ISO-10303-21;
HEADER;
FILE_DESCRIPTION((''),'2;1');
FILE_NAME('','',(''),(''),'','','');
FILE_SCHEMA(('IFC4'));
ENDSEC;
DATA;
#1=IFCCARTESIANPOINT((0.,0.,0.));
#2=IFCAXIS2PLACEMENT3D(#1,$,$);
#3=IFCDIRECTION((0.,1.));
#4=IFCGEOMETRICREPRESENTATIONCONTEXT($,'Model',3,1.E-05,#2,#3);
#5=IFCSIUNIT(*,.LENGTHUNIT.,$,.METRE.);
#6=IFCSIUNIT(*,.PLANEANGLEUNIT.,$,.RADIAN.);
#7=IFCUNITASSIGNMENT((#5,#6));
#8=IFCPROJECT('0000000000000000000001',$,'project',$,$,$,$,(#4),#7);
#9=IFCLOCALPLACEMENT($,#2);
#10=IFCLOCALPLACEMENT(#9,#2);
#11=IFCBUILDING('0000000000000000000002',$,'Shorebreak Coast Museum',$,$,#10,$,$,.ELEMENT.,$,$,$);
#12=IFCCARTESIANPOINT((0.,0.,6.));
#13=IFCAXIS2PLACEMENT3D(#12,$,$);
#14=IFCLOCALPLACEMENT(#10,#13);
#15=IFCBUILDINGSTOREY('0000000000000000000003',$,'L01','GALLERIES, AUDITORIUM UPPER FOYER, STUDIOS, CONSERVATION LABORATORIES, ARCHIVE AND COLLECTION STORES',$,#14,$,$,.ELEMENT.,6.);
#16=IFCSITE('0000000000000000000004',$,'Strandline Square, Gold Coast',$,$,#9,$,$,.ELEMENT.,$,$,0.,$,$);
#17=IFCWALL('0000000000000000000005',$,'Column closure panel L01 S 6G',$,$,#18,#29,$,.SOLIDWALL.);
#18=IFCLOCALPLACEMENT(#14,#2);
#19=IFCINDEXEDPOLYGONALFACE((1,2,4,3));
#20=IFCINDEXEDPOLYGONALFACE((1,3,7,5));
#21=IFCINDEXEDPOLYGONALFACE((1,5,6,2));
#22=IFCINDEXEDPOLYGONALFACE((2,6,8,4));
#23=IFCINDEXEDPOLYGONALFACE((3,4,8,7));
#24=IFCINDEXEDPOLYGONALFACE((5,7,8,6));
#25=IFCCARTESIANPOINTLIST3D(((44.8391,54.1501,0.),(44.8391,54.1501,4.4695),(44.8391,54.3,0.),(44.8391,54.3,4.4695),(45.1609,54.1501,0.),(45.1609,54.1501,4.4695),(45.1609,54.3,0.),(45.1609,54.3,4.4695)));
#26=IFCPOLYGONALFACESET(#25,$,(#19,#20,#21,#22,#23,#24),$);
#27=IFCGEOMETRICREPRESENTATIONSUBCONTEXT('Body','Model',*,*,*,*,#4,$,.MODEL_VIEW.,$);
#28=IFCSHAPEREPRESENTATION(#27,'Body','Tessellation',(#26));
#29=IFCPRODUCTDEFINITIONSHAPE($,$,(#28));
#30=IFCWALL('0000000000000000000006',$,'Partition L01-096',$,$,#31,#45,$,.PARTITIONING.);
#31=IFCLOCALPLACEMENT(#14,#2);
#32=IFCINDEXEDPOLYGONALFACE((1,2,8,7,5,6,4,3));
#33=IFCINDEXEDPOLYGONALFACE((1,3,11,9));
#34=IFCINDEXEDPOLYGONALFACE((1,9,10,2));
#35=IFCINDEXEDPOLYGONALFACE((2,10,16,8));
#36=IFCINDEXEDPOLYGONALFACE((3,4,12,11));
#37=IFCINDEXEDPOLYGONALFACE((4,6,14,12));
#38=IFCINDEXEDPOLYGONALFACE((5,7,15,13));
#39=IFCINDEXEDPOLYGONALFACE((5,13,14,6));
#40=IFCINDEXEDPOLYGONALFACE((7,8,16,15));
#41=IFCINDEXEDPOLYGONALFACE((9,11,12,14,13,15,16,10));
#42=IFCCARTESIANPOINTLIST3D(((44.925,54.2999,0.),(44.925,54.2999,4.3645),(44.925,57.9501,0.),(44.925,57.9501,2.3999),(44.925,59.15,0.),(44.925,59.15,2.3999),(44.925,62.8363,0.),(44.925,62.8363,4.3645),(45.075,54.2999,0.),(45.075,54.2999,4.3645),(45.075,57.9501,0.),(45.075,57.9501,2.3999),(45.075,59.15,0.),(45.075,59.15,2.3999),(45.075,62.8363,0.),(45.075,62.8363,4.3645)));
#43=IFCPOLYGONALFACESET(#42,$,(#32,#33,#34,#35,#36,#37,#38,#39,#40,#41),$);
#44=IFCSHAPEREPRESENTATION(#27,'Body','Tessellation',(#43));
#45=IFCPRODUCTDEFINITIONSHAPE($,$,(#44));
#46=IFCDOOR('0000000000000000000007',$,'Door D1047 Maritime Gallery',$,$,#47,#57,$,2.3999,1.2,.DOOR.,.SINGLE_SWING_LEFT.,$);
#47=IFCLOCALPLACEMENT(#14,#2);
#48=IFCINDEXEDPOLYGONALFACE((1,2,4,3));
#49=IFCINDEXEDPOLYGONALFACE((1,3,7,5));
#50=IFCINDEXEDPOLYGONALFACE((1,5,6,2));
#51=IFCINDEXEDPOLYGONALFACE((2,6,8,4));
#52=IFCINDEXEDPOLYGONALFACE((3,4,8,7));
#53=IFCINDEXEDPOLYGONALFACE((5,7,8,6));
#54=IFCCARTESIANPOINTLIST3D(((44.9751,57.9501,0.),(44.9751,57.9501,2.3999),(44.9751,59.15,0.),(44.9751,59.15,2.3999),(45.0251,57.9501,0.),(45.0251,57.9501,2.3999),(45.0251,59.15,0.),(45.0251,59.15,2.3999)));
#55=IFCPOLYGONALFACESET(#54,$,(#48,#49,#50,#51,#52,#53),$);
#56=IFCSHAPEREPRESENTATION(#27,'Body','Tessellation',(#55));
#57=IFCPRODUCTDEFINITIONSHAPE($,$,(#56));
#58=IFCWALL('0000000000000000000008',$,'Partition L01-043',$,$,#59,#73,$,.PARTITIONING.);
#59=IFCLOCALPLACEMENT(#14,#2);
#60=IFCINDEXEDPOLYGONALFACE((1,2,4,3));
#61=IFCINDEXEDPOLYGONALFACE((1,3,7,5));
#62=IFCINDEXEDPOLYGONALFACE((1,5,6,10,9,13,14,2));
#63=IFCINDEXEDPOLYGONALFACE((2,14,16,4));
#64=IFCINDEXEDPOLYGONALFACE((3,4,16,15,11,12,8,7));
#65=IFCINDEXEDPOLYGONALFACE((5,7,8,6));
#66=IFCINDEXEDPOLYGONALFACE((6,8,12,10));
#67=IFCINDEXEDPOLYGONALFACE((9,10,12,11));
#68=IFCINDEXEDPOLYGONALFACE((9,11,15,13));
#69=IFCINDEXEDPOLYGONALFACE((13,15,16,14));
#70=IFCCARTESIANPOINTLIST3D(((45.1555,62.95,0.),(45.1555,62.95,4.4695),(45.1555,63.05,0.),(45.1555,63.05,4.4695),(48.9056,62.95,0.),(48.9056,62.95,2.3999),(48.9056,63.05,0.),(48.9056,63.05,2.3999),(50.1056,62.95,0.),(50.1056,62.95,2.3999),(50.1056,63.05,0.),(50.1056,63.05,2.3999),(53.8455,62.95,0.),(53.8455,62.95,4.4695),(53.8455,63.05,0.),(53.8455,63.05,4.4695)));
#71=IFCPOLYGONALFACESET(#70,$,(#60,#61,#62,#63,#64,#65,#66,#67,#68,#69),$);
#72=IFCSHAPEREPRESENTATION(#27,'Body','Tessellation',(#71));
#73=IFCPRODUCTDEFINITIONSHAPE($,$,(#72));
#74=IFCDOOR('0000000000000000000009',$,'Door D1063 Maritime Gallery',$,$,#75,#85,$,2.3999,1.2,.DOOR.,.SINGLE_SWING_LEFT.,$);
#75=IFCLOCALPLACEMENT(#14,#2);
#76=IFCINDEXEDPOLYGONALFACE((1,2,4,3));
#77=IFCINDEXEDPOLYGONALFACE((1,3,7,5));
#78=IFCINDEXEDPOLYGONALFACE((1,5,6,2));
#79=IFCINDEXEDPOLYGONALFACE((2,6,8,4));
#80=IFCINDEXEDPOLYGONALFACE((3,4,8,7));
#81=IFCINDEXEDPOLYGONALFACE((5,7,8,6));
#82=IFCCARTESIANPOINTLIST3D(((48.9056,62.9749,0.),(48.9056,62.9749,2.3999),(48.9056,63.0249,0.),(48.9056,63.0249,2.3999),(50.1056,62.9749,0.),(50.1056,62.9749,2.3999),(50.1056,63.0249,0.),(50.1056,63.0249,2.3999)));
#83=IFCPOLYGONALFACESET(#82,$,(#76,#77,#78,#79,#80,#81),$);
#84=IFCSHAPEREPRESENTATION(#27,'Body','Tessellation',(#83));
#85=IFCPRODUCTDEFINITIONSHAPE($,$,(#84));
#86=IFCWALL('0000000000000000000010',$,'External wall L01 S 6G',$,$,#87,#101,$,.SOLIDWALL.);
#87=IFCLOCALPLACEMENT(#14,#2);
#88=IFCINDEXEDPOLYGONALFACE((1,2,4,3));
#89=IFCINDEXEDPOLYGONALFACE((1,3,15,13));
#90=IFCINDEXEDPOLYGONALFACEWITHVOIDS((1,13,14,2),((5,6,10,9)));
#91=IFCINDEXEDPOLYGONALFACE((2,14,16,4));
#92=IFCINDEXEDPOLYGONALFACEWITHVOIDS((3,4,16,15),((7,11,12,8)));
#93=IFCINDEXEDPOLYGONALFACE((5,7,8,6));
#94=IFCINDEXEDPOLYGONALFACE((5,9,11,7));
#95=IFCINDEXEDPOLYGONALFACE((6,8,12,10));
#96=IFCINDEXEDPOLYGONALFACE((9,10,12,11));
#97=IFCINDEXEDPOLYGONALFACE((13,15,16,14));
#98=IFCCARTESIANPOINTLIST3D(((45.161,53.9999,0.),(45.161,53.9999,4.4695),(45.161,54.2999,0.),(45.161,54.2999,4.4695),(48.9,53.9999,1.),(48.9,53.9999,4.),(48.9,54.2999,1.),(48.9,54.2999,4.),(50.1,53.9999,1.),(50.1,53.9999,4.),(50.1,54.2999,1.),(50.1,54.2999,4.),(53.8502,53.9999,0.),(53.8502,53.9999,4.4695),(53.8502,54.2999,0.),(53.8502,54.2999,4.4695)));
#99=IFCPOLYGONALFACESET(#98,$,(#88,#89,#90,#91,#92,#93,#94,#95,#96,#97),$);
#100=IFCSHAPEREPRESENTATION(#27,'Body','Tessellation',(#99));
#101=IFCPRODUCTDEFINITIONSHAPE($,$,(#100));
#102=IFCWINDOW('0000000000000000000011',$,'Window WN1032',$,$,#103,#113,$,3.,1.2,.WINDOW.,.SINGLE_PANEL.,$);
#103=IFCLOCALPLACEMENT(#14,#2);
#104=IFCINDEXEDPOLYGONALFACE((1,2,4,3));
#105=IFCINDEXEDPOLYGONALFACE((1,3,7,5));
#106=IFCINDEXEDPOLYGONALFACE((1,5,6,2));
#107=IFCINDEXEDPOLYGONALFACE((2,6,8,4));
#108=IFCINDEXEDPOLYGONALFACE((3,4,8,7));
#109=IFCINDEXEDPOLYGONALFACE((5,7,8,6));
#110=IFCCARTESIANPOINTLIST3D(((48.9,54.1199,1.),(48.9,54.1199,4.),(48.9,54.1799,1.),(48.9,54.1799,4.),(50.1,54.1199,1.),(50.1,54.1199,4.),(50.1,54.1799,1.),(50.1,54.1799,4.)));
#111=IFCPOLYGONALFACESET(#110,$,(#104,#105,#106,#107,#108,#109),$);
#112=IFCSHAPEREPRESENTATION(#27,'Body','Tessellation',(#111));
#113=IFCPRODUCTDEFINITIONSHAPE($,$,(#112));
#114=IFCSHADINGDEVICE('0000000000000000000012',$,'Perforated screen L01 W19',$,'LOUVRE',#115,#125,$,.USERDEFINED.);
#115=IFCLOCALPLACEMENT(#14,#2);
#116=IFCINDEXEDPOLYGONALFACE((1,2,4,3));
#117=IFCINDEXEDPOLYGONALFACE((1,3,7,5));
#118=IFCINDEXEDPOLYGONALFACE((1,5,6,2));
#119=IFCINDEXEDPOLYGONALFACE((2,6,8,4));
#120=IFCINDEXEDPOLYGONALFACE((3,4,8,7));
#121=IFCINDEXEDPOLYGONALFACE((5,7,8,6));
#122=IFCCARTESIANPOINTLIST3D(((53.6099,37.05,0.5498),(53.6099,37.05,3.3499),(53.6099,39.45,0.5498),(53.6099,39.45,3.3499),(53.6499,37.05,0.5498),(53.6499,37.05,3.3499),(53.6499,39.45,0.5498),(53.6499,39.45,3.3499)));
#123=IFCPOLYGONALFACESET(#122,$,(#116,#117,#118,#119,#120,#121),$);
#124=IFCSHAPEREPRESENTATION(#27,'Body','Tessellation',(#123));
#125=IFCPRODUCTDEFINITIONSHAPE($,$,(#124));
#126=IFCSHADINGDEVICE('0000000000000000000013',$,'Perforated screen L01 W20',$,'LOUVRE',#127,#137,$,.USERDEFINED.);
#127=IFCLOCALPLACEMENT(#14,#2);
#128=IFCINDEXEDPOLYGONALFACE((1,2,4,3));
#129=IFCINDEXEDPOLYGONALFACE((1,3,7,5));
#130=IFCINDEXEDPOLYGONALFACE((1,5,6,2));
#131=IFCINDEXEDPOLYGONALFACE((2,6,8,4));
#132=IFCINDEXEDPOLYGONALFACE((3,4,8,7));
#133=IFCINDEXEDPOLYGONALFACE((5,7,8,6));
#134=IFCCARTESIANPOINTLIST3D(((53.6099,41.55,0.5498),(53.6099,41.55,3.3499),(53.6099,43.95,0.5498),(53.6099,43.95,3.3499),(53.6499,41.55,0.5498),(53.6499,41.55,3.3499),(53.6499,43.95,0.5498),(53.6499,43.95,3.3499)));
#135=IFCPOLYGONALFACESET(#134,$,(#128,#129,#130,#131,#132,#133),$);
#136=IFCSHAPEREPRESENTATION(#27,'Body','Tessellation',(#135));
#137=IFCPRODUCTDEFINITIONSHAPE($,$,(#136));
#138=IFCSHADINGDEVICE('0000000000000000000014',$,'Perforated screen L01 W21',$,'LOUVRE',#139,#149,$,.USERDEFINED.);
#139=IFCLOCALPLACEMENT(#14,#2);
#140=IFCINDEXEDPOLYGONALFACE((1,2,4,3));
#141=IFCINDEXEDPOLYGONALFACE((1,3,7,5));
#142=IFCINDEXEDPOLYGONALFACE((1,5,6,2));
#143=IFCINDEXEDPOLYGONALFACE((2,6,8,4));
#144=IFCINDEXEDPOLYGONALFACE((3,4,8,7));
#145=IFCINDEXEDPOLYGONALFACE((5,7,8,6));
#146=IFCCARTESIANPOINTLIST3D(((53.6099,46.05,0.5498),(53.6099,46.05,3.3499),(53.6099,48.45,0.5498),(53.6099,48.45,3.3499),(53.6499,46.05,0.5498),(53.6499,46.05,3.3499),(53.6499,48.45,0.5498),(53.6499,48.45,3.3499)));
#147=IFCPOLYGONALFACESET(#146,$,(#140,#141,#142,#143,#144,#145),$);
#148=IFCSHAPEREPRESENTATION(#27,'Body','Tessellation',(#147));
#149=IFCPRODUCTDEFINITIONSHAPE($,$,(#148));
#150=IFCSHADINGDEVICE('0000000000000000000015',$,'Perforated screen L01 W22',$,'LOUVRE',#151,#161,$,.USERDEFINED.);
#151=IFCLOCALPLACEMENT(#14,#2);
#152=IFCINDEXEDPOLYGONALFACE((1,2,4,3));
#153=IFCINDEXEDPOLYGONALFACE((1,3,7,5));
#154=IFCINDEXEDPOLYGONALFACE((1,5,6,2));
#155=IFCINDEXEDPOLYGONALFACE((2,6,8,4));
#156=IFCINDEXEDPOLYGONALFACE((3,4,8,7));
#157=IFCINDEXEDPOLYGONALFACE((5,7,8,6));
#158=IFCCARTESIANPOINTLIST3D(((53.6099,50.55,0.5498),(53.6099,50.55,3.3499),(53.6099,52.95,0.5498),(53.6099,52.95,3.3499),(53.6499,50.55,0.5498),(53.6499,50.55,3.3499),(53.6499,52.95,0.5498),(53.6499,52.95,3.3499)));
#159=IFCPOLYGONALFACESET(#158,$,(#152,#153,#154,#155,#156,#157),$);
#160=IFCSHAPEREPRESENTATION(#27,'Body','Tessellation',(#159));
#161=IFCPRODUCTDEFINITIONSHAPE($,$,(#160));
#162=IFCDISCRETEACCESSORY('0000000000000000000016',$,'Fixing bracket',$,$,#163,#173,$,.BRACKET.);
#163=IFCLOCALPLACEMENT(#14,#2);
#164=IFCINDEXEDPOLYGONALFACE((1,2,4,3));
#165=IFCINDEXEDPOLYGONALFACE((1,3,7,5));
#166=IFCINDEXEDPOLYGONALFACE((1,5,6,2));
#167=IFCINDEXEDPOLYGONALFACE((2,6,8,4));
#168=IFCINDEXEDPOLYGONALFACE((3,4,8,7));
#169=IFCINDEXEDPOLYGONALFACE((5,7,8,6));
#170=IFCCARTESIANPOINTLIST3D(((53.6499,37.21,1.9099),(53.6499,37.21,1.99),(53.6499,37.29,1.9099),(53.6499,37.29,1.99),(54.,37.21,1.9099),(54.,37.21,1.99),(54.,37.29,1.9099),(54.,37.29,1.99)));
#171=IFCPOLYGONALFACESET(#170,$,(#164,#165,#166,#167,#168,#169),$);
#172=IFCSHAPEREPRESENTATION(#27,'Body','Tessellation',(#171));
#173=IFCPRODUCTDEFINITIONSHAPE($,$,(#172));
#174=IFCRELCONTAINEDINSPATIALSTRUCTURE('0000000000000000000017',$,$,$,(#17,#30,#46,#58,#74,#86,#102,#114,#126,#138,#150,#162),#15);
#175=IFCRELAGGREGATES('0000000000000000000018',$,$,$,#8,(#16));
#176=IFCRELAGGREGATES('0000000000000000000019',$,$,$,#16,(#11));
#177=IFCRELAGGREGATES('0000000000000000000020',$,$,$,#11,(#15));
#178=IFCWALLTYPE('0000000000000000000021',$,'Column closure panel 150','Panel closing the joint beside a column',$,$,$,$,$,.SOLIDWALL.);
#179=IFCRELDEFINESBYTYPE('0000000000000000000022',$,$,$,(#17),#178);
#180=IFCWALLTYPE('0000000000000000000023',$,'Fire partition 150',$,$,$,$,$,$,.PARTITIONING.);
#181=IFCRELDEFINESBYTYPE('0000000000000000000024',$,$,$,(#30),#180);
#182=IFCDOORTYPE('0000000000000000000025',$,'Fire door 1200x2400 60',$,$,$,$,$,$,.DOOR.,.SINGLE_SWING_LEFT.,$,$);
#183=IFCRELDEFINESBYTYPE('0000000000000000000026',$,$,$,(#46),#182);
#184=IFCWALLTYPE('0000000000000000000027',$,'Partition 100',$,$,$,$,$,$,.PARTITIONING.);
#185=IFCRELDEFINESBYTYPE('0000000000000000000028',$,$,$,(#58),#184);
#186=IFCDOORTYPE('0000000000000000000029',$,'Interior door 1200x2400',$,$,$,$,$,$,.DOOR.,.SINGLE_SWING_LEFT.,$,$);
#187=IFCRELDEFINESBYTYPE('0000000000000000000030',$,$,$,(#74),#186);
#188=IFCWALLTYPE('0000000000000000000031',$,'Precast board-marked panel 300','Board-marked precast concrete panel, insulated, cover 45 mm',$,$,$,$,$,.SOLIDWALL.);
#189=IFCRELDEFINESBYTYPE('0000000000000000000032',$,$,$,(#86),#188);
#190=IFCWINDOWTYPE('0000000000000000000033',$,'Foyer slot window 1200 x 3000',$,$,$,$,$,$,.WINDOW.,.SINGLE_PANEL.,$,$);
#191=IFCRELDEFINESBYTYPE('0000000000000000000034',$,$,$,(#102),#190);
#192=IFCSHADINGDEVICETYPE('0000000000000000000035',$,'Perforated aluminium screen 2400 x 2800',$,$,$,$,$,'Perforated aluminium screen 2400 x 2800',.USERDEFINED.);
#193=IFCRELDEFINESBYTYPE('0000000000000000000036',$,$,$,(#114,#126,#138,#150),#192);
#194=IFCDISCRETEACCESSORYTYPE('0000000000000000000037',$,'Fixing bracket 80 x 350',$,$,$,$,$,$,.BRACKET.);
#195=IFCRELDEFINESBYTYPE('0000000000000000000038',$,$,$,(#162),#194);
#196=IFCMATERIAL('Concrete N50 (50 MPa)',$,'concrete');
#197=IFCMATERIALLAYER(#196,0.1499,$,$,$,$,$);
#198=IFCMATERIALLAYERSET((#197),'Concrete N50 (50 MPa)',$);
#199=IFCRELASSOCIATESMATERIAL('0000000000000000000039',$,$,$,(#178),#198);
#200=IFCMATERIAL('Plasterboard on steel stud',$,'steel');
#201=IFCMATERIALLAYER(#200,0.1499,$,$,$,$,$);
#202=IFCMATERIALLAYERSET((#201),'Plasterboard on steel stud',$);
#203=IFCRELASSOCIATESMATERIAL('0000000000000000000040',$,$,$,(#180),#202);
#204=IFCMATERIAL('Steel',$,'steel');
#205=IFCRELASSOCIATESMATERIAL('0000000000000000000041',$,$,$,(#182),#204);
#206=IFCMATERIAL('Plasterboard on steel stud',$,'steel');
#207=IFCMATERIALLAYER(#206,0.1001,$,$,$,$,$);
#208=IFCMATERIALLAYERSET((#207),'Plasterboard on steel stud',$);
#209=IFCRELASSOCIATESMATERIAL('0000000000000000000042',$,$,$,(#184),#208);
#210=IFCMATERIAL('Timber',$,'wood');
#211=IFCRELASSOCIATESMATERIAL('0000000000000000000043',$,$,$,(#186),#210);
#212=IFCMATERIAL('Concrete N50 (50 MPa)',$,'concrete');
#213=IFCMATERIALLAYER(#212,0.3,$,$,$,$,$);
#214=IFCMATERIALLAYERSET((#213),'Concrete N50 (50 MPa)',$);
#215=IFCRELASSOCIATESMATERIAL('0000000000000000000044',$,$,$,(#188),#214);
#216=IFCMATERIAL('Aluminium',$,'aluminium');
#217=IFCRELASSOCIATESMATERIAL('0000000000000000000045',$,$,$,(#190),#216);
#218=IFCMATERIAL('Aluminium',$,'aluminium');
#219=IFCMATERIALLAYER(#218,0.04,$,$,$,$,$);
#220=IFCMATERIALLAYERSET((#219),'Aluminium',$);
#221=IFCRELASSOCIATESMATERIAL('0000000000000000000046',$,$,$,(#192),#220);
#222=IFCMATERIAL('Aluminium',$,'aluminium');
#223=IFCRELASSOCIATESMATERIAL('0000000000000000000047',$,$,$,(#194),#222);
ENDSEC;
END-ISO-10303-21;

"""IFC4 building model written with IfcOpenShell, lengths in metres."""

from ifc_helpers import new_model, si_unit, direction, frame, frame_2d, origin, origin_2d, place, context, subcontext, project, spatial, rectangle, extrude, material, layer, layer_set, type_object, element, fill, save


model = new_model("IFC4")

# Units and contexts
model_context = context("Model", 3, precision=1e-05, world=origin(), true_north=direction((0.0, 1.0)))
body_context = subcontext(model_context, "Body", "Model", "MODEL_VIEW")
ifc_project = project(units=[si_unit("LENGTHUNIT", "METRE"), si_unit("PLANEANGLEUNIT", "RADIAN")], contexts=[model_context])

# Site, building, storey
site_placement = place(None, origin())
site = spatial("IfcSite", under=ifc_project, at=site_placement, Name="Strandline Square, Gold Coast", CompositionType="ELEMENT", RefElevation=0.0)
building_placement = place(site_placement, origin())
building = spatial("IfcBuilding", under=site, at=building_placement, Name="Shorebreak Coast Museum", CompositionType="ELEMENT")
storey_placement = place(building_placement, frame((0.0, 0.0, 6.0)))
storey = spatial("IfcBuildingStorey", under=building, at=storey_placement, Name="L01", Description="GALLERIES, AUDITORIUM UPPER FOYER, STUDIOS, CONSERVATION LABORATORIES, ARCHIVE AND COLLECTION STORES", CompositionType="ELEMENT", Elevation=6.0)

# Wall
ifc_material_1 = material(Name="Concrete N50 (50 MPa)", Category="concrete")
ifc_layer_1 = layer(ifc_material_1, 0.1499)
ifc_layer_set_1 = layer_set([ifc_layer_1], Name="Concrete N50 (50 MPa)")
wall_type_1 = type_object("IfcWallType", Name="Column closure panel 150", Description="Panel closing the joint beside a column", PredefinedType="SOLIDWALL", material=ifc_layer_set_1)
wall_1_placement = place(storey_placement, frame((44.8391, 54.2251, 0.0), z_axis=(0.0, 0.0, 1.0), x_axis=(1.0, 0.0, 0.0)))
element("IfcWall", 1, at=wall_1_placement, inside=storey, type_object=wall_type_1, Name="Column closure panel L01 S 6G", PredefinedType="SOLIDWALL", context=body_context, shape_type="SweptSolid", body=[
    extrude(rectangle(XDim=0.3218, YDim=0.1499, at=frame_2d((0.1609, 0.0))), origin(), (0.0, 0.0, 1.0), 4.4695),
])

# Walls, openings, doors
ifc_material_2 = material(Name="Plasterboard on steel stud", Category="steel")
ifc_layer_2 = layer(ifc_material_2, 0.1499)
ifc_layer_set_2 = layer_set([ifc_layer_2], Name="Plasterboard on steel stud")
wall_type_2 = type_object("IfcWallType", Name="Fire partition 150", PredefinedType="PARTITIONING", material=ifc_layer_set_2)
wall_2_placement = place(storey_placement, frame((45.0, 54.3, 0.0), z_axis=(0.0, 0.0, 1.0), x_axis=(0.0, 1.0, 0.0)))
wall_2 = element("IfcWall", 2, at=wall_2_placement, inside=storey, type_object=wall_type_2, Name="Partition L01-096", PredefinedType="PARTITIONING", context=body_context, shape_type="SweptSolid", body=[
    extrude(rectangle(XDim=8.5364, YDim=0.1499, at=frame_2d((4.2681, 0.0))), origin(), (0.0, 0.0, 1.0), 4.3645),
])
opening_1_placement = place(wall_2_placement, frame((3.6499, 0.0, 0.0)))
opening_1 = element("IfcOpeningElement", 3, at=opening_1_placement, cuts=wall_2, PredefinedType="OPENING", context=body_context, shape_type="SweptSolid", body=[
    extrude(rectangle(XDim=1.2, YDim=2.3999, at=frame_2d((0.6001, 1.2))), frame((0.0, 0.085, 0.0), z_axis=(0.0, -1.0, 0.0), x_axis=(1.0, 0.0, 0.0)), (0.0, 0.0, 1.0), 0.1699),
])
ifc_material_3 = material(Name="Steel", Category="steel")
door_type_1 = type_object("IfcDoorType", Name="Fire door 1200x2400 60", OperationType="SINGLE_SWING_LEFT", PredefinedType="DOOR", material=ifc_material_3)
door_1_placement = place(opening_1_placement, origin())
door_1 = element("IfcDoor", 4, at=door_1_placement, inside=storey, type_object=door_type_1, Name="Door D1047 Maritime Gallery", OperationType="SINGLE_SWING_LEFT", OverallHeight=2.3999, OverallWidth=1.2, PredefinedType="DOOR", context=body_context, shape_type="SweptSolid", body=[
    extrude(rectangle(XDim=1.2, YDim=2.3999, at=frame_2d((0.6001, 1.2))), frame((0.0, 0.0249, 0.0), z_axis=(0.0, -1.0, 0.0), x_axis=(1.0, 0.0, 0.0)), (0.0, 0.0, 1.0), 0.05),
])
fill(opening_1, door_1)
ifc_material_4 = material(Name="Plasterboard on steel stud", Category="steel")
ifc_layer_3 = layer(ifc_material_4, 0.1001)
ifc_layer_set_3 = layer_set([ifc_layer_3], Name="Plasterboard on steel stud")
wall_type_3 = type_object("IfcWallType", Name="Partition 100", PredefinedType="PARTITIONING", material=ifc_layer_set_3)
wall_3_placement = place(storey_placement, frame((45.1555, 63.0, 0.0), z_axis=(0.0, 0.0, 1.0), x_axis=(1.0, 0.0, 0.0)))
wall_3 = element("IfcWall", 5, at=wall_3_placement, inside=storey, type_object=wall_type_3, Name="Partition L01-043", PredefinedType="PARTITIONING", context=body_context, shape_type="SweptSolid", body=[
    extrude(rectangle(XDim=8.6899, YDim=0.1001, at=frame_2d((4.345, 0.0))), origin(), (0.0, 0.0, 1.0), 4.4695),
])
opening_2_placement = place(wall_3_placement, frame((3.75, 0.0, 0.0)))
opening_2 = element("IfcOpeningElement", 6, at=opening_2_placement, cuts=wall_3, PredefinedType="OPENING", context=body_context, shape_type="SweptSolid", body=[
    extrude(rectangle(XDim=1.2, YDim=2.3999, at=frame_2d((0.6001, 1.2))), frame((0.0, 0.0601, 0.0), z_axis=(0.0, -1.0, 0.0), x_axis=(1.0, 0.0, 0.0)), (0.0, 0.0, 1.0), 0.1201),
])
ifc_material_5 = material(Name="Timber", Category="wood")
door_type_2 = type_object("IfcDoorType", Name="Interior door 1200x2400", OperationType="SINGLE_SWING_LEFT", PredefinedType="DOOR", material=ifc_material_5)
door_2_placement = place(opening_2_placement, origin())
door_2 = element("IfcDoor", 7, at=door_2_placement, inside=storey, type_object=door_type_2, Name="Door D1063 Maritime Gallery", OperationType="SINGLE_SWING_LEFT", OverallHeight=2.3999, OverallWidth=1.2, PredefinedType="DOOR", context=body_context, shape_type="SweptSolid", body=[
    extrude(rectangle(XDim=1.2, YDim=2.3999, at=frame_2d((0.6001, 1.2))), frame((0.0, 0.0249, 0.0), z_axis=(0.0, -1.0, 0.0), x_axis=(1.0, 0.0, 0.0)), (0.0, 0.0, 1.0), 0.05),
])
fill(opening_2, door_2)

# Wall, opening, window
ifc_material_6 = material(Name="Concrete N50 (50 MPa)", Category="concrete")
ifc_layer_4 = layer(ifc_material_6, 0.3)
ifc_layer_set_4 = layer_set([ifc_layer_4], Name="Concrete N50 (50 MPa)")
wall_type_4 = type_object("IfcWallType", Name="Precast board-marked panel 300", Description="Board-marked precast concrete panel, insulated, cover 45 mm", PredefinedType="SOLIDWALL", material=ifc_layer_set_4)
wall_4_placement = place(storey_placement, frame((45.1609, 54.1499, 0.0), z_axis=(0.0, 0.0, 1.0), x_axis=(1.0, 0.0, 0.0)))
wall_4 = element("IfcWall", 8, at=wall_4_placement, inside=storey, type_object=wall_type_4, Name="External wall L01 S 6G", PredefinedType="SOLIDWALL", context=body_context, shape_type="SweptSolid", body=[
    extrude(rectangle(XDim=8.6892, YDim=0.3, at=frame_2d((4.3447, 0.0))), origin(), (0.0, 0.0, 1.0), 4.4695),
])
opening_3_placement = place(wall_4_placement, frame((3.739, 0.0, 1.0)))
opening_3 = element("IfcOpeningElement", 9, at=opening_3_placement, cuts=wall_4, PredefinedType="OPENING", context=body_context, shape_type="SweptSolid", body=[
    extrude(rectangle(XDim=1.2, YDim=3.0, at=frame_2d((0.6001, 1.5))), frame((0.0, 0.1599, 0.0), z_axis=(0.0, -1.0, 0.0), x_axis=(1.0, 0.0, 0.0)), (0.0, 0.0, 1.0), 0.3201),
])
ifc_material_7 = material(Name="Aluminium", Category="aluminium")
window_type = type_object("IfcWindowType", Name="Foyer slot window 1200 x 3000", PartitioningType="SINGLE_PANEL", PredefinedType="WINDOW", material=ifc_material_7)
window_placement = place(opening_3_placement, origin())
window = element("IfcWindow", 10, at=window_placement, inside=storey, type_object=window_type, Name="Window WN1032", OverallHeight=3.0, OverallWidth=1.2, PartitioningType="SINGLE_PANEL", PredefinedType="WINDOW", context=body_context, shape_type="SweptSolid", body=[
    extrude(rectangle(XDim=1.2, YDim=3.0, at=frame_2d((0.6001, 1.5))), frame((0.0, 0.03, 0.0), z_axis=(0.0, -1.0, 0.0), x_axis=(1.0, 0.0, 0.0)), (0.0, 0.0, 1.0), 0.0601),
])
fill(opening_3, window)

# Shading devices
ifc_material_8 = material(Name="Aluminium", Category="aluminium")
ifc_layer_5 = layer(ifc_material_8, 0.04)
ifc_layer_set_5 = layer_set([ifc_layer_5], Name="Aluminium")
shading_device_type = type_object("IfcShadingDeviceType", Name="Perforated aluminium screen 2400 x 2800", ElementType="Perforated aluminium screen 2400 x 2800", PredefinedType="USERDEFINED", material=ifc_layer_set_5)
for number, where, z_axis, x_axis, name in (
    (11, (53.6299, 38.25, 0.5498), (0.0, 0.0, 1.0), (1.0, 0.0, 0.0), "Perforated screen L01 W19"),
    (12, (53.6299, 42.75, 0.5498), (0.0, 0.0, 1.0), (1.0, 0.0, 0.0), "Perforated screen L01 W20"),
    (13, (53.6299, 47.25, 0.5498), (0.0, 0.0, 1.0), (1.0, 0.0, 0.0), "Perforated screen L01 W21"),
    (14, (53.6299, 51.75, 0.5498), (0.0, 0.0, 1.0), (1.0, 0.0, 0.0), "Perforated screen L01 W22"),
):
    element("IfcShadingDevice", number, at=place(storey_placement, frame(where, z_axis=z_axis, x_axis=x_axis)), inside=storey, type_object=shading_device_type, Name=name, ObjectType="LOUVRE", PredefinedType="USERDEFINED", context=body_context, shape_type="SweptSolid", body=[
        extrude(rectangle(XDim=0.04, YDim=2.3999, at=origin_2d()), origin(), (0.0, 0.0, 1.0), 2.8),
    ])

# Discrete accessory
ifc_material_9 = material(Name="Aluminium", Category="aluminium")
discrete_accessory_type = type_object("IfcDiscreteAccessoryType", Name="Fixing bracket 80 x 350", PredefinedType="BRACKET", material=ifc_material_9)
for number, where, z_axis, x_axis, name in (
    (15, (53.825, 37.25, 1.9099), (0.0, 0.0, 1.0), (1.0, 0.0, 0.0), "Fixing bracket"),
):
    element("IfcDiscreteAccessory", number, at=place(storey_placement, frame(where, z_axis=z_axis, x_axis=x_axis)), inside=storey, type_object=discrete_accessory_type, Name=name, PredefinedType="BRACKET", context=body_context, shape_type="SweptSolid", body=[
        extrude(rectangle(XDim=0.3501, YDim=0.0801, at=origin_2d()), origin(), (0.0, 0.0, 1.0), 0.0801),
    ])

save(model, "model.ifc")
